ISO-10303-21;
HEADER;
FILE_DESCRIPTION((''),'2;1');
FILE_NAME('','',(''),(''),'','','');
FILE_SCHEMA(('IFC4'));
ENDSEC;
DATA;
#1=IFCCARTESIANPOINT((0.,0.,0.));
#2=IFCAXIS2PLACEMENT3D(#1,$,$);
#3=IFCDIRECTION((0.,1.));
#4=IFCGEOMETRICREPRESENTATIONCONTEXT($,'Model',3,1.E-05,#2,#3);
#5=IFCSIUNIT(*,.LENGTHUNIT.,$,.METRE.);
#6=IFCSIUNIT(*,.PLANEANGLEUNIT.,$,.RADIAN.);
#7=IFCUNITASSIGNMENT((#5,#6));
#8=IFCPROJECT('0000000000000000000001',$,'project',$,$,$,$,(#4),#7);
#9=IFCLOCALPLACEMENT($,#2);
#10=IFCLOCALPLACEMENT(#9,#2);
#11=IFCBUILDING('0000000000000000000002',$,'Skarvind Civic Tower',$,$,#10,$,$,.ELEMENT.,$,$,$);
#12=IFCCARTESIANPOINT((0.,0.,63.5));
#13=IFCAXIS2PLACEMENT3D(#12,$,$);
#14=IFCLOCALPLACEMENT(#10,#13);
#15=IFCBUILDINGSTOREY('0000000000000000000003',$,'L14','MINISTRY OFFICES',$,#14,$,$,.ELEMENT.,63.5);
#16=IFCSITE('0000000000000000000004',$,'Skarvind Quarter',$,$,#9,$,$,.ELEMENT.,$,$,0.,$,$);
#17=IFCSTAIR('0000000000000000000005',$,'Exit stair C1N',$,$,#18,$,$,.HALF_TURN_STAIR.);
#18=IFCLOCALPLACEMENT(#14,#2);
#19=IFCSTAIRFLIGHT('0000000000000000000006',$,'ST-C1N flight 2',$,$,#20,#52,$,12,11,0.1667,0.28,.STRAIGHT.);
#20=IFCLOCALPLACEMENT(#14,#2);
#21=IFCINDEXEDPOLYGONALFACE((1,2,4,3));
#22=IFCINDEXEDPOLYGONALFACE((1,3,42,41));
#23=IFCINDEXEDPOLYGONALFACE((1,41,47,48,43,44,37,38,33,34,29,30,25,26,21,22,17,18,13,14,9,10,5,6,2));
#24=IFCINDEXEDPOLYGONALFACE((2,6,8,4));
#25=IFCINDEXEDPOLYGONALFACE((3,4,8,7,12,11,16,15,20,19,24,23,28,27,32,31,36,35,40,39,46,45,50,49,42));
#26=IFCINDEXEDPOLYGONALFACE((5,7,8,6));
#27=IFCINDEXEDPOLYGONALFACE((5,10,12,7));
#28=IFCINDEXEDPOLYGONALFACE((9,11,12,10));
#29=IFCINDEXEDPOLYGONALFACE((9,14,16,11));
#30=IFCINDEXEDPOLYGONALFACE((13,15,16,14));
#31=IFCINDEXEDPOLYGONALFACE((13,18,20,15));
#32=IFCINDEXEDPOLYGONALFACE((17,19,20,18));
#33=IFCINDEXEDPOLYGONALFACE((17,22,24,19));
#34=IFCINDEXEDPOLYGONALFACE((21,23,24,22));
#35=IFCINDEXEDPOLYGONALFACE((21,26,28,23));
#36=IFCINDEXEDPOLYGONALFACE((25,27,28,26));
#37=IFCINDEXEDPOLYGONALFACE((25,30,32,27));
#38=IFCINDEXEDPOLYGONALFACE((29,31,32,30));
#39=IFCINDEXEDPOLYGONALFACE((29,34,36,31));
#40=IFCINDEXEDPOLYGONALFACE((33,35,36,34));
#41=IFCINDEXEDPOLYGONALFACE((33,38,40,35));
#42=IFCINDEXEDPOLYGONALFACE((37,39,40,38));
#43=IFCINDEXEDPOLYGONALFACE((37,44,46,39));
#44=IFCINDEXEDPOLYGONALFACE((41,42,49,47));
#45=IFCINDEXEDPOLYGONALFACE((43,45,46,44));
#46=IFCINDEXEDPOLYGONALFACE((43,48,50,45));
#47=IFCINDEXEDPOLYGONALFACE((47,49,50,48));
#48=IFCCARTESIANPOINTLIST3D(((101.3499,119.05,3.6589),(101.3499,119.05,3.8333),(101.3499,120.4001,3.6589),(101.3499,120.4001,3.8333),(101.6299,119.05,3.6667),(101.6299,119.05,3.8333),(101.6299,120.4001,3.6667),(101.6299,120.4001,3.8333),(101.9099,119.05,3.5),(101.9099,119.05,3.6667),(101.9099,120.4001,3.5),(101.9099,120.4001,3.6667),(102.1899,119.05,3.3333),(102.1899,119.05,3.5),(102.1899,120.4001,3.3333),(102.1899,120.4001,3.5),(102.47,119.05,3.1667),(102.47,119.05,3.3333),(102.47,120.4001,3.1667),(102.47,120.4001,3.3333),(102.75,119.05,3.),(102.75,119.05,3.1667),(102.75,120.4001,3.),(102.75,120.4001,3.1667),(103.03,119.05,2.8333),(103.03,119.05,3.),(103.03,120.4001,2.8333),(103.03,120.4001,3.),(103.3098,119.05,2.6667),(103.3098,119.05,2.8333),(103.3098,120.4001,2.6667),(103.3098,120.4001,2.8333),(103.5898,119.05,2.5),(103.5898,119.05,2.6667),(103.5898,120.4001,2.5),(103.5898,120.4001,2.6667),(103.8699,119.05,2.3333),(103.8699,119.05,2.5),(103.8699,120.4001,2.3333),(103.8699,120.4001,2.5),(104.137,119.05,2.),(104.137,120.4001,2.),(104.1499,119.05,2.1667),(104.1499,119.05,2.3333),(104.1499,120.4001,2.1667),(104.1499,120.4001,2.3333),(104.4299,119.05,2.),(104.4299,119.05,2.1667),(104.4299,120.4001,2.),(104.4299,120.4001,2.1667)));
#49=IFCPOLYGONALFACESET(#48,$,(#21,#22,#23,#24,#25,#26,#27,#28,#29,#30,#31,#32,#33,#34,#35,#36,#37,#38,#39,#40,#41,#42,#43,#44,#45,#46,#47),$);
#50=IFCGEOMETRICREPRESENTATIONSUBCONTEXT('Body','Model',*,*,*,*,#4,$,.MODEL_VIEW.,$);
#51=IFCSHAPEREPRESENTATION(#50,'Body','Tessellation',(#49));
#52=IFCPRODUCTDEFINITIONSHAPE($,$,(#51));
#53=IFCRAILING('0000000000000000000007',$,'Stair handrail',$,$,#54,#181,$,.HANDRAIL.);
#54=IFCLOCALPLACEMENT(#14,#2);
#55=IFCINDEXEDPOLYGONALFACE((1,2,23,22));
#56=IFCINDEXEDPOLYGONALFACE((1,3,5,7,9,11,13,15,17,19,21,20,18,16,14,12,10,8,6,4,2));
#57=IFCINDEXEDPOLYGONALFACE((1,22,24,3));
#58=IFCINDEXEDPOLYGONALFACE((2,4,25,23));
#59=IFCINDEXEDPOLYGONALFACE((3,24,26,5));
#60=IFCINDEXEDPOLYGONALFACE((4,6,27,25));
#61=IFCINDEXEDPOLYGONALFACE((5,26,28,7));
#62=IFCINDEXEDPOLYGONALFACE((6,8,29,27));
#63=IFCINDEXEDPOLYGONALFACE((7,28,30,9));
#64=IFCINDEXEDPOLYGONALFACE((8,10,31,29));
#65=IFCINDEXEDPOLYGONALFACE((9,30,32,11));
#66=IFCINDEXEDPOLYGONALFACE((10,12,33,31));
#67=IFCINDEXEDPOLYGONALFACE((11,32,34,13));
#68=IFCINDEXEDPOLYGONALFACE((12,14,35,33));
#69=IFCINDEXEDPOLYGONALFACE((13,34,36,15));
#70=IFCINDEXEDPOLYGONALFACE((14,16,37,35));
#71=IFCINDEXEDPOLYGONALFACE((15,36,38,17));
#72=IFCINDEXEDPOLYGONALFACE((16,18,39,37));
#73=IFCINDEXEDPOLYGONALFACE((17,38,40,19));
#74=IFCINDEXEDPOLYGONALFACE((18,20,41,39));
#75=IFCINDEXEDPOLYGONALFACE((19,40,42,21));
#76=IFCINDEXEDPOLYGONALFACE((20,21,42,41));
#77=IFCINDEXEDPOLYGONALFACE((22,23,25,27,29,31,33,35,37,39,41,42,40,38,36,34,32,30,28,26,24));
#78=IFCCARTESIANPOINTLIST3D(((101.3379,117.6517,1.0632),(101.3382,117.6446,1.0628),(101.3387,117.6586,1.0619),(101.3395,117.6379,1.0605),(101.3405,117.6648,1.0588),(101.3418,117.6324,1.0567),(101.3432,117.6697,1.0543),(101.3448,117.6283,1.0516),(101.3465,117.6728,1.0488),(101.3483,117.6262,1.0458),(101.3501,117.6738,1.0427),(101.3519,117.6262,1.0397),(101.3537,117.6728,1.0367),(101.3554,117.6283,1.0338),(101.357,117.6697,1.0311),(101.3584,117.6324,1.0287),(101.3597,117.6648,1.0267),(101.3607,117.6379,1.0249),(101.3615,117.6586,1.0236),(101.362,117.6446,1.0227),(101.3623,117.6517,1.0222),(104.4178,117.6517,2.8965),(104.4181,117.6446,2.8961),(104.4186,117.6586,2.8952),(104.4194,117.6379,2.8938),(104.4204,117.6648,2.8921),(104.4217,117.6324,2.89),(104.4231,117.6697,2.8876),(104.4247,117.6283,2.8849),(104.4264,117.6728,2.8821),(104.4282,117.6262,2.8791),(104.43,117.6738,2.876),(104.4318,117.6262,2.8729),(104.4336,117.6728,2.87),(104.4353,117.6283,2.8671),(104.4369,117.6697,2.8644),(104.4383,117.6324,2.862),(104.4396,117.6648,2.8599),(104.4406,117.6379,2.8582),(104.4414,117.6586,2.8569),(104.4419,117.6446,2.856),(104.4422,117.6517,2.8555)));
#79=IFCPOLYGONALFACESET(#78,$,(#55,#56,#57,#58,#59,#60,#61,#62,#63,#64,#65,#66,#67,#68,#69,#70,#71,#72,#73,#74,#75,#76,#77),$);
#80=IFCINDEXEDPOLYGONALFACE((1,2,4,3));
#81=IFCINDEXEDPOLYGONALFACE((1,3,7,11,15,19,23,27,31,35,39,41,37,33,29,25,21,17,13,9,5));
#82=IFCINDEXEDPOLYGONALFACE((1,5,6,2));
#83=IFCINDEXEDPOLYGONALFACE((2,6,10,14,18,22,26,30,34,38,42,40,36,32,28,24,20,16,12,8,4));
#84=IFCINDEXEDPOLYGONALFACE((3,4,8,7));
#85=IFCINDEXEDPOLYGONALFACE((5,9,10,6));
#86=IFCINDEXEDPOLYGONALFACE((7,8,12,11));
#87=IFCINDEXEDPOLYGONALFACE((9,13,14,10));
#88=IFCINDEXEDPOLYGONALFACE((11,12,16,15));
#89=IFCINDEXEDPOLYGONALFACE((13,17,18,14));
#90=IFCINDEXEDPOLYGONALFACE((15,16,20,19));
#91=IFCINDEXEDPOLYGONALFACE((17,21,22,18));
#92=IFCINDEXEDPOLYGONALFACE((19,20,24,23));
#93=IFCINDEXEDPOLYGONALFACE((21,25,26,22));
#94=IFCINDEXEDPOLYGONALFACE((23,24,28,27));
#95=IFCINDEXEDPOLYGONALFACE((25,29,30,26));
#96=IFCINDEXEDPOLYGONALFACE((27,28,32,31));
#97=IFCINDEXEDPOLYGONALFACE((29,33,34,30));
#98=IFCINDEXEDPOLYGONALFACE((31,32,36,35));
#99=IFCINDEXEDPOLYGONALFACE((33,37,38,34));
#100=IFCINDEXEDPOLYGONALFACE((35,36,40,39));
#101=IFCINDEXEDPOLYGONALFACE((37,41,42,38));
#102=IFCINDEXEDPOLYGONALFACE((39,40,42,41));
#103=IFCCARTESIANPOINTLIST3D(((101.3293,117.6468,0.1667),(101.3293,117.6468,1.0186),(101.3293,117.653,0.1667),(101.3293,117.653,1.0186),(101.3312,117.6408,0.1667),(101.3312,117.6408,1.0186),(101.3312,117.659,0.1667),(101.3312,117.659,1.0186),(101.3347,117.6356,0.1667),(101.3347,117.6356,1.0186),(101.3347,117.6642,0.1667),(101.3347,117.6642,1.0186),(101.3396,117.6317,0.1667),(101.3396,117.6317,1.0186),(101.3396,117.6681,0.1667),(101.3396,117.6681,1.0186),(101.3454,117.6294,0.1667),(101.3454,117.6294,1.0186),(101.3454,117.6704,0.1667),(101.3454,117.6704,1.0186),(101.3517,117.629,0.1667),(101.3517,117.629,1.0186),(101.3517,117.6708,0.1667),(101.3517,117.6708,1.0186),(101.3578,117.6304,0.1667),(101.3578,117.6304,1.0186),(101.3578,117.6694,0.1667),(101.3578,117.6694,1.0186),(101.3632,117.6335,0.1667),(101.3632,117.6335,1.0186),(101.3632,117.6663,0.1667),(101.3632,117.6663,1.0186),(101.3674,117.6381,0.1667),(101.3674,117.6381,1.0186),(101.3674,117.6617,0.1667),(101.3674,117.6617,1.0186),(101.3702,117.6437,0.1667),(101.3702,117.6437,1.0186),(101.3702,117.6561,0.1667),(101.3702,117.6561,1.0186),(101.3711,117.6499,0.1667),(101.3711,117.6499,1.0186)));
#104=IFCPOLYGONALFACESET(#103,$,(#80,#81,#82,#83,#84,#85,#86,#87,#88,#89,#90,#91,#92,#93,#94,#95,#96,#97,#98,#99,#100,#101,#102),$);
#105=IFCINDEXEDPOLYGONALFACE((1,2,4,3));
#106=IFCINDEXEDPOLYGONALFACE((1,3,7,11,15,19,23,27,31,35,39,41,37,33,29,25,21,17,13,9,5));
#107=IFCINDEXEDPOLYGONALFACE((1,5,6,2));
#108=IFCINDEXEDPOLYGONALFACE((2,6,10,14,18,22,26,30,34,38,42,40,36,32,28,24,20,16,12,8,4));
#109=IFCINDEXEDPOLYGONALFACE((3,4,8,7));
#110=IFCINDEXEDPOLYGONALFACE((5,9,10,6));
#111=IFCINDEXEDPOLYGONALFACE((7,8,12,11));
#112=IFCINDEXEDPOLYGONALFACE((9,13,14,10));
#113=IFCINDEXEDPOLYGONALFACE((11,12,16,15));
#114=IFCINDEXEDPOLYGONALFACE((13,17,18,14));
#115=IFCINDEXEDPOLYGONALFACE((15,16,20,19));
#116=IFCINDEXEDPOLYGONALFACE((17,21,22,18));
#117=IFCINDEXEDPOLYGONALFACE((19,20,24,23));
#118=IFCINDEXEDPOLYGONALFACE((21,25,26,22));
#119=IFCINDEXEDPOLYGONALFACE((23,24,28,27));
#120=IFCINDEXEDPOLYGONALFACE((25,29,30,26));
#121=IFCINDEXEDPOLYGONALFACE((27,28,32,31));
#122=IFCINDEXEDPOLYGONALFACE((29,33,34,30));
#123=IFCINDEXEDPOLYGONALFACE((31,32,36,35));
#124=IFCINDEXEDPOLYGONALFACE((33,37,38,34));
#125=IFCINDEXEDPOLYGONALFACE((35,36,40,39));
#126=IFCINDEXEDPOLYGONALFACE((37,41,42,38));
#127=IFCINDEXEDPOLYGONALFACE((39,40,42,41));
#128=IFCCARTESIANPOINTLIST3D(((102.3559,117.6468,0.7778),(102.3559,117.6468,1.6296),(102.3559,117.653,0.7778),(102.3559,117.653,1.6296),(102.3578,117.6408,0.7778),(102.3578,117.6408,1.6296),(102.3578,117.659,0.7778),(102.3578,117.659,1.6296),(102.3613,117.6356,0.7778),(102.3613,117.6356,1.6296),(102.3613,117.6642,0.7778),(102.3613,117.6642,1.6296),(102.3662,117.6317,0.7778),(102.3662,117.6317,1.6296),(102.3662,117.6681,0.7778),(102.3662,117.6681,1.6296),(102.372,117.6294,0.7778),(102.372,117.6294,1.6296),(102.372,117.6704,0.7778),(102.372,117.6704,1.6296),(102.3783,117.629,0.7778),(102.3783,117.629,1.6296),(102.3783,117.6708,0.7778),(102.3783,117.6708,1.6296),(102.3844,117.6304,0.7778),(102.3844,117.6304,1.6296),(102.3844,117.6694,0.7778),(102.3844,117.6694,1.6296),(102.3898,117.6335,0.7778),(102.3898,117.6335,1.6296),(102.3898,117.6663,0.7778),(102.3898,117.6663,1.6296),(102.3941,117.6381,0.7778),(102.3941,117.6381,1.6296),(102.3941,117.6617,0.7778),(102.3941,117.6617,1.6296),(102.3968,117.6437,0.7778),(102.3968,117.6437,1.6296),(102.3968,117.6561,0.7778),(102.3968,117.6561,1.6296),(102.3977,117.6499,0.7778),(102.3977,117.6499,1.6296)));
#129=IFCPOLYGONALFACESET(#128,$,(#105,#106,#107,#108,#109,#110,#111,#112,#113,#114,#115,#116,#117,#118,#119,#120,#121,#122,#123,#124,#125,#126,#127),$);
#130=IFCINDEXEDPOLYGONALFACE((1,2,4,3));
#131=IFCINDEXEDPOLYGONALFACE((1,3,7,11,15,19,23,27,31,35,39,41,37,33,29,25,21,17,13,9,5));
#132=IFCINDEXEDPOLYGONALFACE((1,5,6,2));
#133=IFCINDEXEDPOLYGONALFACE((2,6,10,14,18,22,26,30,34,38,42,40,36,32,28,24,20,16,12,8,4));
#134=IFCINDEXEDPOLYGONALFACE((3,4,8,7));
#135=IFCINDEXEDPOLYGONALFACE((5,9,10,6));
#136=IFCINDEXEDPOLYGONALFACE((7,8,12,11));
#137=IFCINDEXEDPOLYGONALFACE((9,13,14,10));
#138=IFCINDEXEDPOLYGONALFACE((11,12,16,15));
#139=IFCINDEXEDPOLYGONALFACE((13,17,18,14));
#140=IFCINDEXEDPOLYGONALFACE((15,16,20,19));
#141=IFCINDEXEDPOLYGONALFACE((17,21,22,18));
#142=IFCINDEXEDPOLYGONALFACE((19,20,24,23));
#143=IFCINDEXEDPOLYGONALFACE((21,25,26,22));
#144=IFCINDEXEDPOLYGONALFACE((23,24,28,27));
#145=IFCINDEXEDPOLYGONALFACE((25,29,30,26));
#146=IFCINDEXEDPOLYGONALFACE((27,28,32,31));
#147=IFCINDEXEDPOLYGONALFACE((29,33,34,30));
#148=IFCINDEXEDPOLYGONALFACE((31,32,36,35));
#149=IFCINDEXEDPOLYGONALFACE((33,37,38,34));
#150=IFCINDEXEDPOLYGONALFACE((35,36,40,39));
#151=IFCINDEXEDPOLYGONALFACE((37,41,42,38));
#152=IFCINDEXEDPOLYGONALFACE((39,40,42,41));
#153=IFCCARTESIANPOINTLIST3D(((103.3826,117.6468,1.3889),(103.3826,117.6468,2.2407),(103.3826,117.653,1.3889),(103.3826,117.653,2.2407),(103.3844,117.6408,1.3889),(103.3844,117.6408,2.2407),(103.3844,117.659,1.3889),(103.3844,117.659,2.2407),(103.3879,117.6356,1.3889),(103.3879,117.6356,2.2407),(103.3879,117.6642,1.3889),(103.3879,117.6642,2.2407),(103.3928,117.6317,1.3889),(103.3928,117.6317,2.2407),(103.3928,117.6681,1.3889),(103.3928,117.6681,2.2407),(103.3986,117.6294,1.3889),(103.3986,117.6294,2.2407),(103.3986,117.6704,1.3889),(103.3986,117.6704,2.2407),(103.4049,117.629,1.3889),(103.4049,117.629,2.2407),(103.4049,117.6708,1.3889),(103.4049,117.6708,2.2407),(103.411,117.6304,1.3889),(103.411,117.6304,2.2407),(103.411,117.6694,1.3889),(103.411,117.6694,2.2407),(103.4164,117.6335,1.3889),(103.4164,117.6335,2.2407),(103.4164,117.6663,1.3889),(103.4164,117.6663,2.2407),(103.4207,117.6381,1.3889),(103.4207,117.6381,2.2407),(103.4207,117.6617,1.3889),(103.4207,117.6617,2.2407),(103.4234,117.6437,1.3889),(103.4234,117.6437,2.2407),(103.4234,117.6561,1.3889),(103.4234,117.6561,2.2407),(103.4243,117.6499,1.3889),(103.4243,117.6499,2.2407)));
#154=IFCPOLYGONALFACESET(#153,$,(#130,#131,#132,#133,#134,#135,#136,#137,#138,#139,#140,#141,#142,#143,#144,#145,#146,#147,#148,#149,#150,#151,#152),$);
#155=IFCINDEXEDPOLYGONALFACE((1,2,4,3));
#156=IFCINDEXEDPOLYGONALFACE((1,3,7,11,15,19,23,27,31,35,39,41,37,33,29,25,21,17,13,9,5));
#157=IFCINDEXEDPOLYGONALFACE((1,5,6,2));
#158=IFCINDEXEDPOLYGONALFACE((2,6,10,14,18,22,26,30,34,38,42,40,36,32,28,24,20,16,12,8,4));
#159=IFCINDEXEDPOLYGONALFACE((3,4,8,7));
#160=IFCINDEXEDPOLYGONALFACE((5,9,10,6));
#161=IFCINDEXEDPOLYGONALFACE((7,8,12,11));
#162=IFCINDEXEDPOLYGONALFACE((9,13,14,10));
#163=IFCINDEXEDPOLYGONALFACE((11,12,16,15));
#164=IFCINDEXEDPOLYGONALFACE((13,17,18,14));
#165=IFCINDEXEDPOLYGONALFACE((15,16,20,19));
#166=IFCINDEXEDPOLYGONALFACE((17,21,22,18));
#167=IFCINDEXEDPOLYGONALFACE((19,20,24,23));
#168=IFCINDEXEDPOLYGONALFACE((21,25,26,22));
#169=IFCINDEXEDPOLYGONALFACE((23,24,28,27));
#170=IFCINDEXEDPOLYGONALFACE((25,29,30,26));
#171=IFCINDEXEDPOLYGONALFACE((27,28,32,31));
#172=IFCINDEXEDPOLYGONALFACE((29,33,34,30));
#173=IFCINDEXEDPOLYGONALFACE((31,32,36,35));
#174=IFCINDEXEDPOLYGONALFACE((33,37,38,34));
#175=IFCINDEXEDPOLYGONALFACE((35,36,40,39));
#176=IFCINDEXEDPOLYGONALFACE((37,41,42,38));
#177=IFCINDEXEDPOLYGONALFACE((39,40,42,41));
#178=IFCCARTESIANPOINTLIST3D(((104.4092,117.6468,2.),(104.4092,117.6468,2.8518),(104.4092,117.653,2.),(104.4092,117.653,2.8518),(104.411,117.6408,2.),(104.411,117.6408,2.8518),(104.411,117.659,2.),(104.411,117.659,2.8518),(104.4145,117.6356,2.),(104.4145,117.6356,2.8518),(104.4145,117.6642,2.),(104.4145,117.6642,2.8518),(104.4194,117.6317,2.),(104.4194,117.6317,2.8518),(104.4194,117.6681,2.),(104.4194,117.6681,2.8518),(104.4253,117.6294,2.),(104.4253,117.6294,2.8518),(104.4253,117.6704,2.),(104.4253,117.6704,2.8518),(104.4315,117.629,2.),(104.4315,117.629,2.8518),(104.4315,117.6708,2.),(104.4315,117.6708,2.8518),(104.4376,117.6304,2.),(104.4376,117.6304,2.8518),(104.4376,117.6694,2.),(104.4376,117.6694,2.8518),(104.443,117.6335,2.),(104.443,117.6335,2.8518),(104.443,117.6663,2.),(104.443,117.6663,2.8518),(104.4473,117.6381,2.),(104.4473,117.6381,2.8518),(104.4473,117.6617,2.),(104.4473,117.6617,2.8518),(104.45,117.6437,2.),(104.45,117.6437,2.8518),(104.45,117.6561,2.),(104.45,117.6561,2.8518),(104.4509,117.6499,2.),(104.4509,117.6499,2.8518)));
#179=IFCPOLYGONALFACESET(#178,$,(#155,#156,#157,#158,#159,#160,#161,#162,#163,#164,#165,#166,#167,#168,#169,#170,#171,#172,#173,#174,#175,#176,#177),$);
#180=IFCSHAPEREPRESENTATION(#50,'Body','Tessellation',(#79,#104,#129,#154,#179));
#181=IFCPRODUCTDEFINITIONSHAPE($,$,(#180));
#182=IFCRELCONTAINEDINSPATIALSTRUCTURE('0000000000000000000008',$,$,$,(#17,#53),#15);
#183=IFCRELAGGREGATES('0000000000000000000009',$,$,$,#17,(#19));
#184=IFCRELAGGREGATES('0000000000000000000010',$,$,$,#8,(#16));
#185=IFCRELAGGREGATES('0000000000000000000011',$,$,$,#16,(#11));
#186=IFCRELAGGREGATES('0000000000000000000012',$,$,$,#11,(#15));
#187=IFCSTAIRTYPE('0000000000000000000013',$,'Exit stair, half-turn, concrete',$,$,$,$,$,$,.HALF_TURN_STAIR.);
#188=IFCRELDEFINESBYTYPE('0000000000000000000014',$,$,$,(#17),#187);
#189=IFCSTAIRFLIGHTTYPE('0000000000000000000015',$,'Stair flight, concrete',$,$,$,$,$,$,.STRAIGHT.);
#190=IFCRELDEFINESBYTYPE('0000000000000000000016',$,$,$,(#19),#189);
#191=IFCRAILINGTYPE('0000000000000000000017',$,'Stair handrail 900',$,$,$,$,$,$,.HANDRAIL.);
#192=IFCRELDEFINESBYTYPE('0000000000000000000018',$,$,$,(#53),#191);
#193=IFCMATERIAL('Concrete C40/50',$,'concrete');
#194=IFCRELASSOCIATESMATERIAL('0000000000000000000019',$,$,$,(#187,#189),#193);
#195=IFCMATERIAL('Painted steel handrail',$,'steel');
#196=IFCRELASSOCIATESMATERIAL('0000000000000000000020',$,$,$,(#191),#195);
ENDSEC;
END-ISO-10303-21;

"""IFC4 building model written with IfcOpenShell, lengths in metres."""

from ifc_helpers import new_model, si_unit, direction, frame, origin, origin_2d, place, context, subcontext, project, spatial, polyline, circle, outline, extrude, material, type_object, element, aggregate, save


model = new_model("IFC4")

# Units and contexts
model_context = context("Model", 3, precision=1e-05, world=origin(), true_north=direction((0.0, 1.0)))
body_context = subcontext(model_context, "Body", "Model", "MODEL_VIEW")
ifc_project = project(units=[si_unit("LENGTHUNIT", "METRE"), si_unit("PLANEANGLEUNIT", "RADIAN")], contexts=[model_context])

# Site, building, storey
site_placement = place(None, origin())
site = spatial("IfcSite", under=ifc_project, at=site_placement, Name="Skarvind Quarter", CompositionType="ELEMENT", RefElevation=0.0)
building_placement = place(site_placement, origin())
building = spatial("IfcBuilding", under=site, at=building_placement, Name="Skarvind Civic Tower", CompositionType="ELEMENT")
storey_placement = place(building_placement, frame((0.0, 0.0, 63.5)))
storey = spatial("IfcBuildingStorey", under=building, at=storey_placement, Name="L14", Description="MINISTRY OFFICES", CompositionType="ELEMENT", Elevation=63.5)

# Stair, stair flight
ifc_material_1 = material(Name="Concrete C40/50", Category="concrete")
stair_type = type_object("IfcStairType", Name="Exit stair, half-turn, concrete", PredefinedType="HALF_TURN_STAIR", material=ifc_material_1)
stair_placement = place(storey_placement, origin())
stair = element("IfcStair", 1, at=stair_placement, inside=storey, type_object=stair_type, Name="Exit stair C1N", PredefinedType="HALF_TURN_STAIR")
stair_flight_type = type_object("IfcStairFlightType", Name="Stair flight, concrete", PredefinedType="STRAIGHT", material=ifc_material_1)
stair_flight_1_placement = place(storey_placement, frame((104.4299, 119.7251, 2.0), z_axis=(0.0, 0.0, 1.0), x_axis=(-1.0, 0.0, 0.0)))
stair_flight_1 = element("IfcStairFlight", 2, at=stair_flight_1_placement, type_object=stair_flight_type, Name="ST-C1N flight 2", NumberOfRisers=12, NumberOfTreads=11, PredefinedType="STRAIGHT", RiserHeight=0.1667, TreadLength=0.28, context=body_context, shape_type="SweptSolid", body=[
    extrude(outline(polyline([(0.0, 0.0), (0.0, 0.1667), (0.28, 0.1667), (0.28, 0.3333), (0.5601, 0.3333), (0.5601, 0.5), (0.8401, 0.5), (0.8401, 0.6667), (1.1201, 0.6667), (1.1201, 0.8333), (1.3999, 0.8333), (1.3999, 1.0), (1.6799, 1.0), (1.6799, 1.1667), (1.96, 1.1667), (1.96, 1.3333), (2.24, 1.3333), (2.24, 1.5), (2.52, 1.5), (2.52, 1.6667), (2.8, 1.6667), (2.8, 1.8333), (3.0801, 1.8333), (3.0801, 2.0), (3.0801, 1.6589), (0.293, 0.0), (0.0, 0.0)])), frame((0.0, 0.675, 0.0), z_axis=(0.0, -1.0, 0.0), x_axis=(1.0, 0.0, 0.0)), (0.0, 0.0, 1.0), 1.3501),
])
aggregate(stair, [stair_flight_1])

# Railing
ifc_material_2 = material(Name="Painted steel handrail", Category="steel")
railing_type = type_object("IfcRailingType", Name="Stair handrail 900", PredefinedType="HANDRAIL", material=ifc_material_2)
railing_1_placement = place(storey_placement, frame((101.3501, 117.6499, 0.1667)))
element("IfcRailing", 3, at=railing_1_placement, inside=storey, type_object=railing_type, Name="Stair handrail", PredefinedType="HANDRAIL", context=body_context, shape_type="SweptSolid", body=[
    extrude(circle(Radius=0.0239, at=origin_2d()), frame((0.0, 0.0, 0.876), z_axis=(0.859291, 0.0, 0.511487), x_axis=(0.0, 1.0, 0.0)), (0.0, 0.0, 1.0), 3.5842),
    extrude(circle(Radius=0.021, at=origin_2d()), origin(), (0.0, 0.0, 1.0), 0.8518),
    extrude(circle(Radius=0.021, at=origin_2d()), frame((1.0266, 0.0, 0.6111)), (0.0, 0.0, 1.0), 0.8518),
    extrude(circle(Radius=0.021, at=origin_2d()), frame((2.0532, 0.0, 1.2222)), (0.0, 0.0, 1.0), 0.8518),
    extrude(circle(Radius=0.021, at=origin_2d()), frame((3.0798, 0.0, 1.8333)), (0.0, 0.0, 1.0), 0.8518),
])

save(model, "model.ifc")
